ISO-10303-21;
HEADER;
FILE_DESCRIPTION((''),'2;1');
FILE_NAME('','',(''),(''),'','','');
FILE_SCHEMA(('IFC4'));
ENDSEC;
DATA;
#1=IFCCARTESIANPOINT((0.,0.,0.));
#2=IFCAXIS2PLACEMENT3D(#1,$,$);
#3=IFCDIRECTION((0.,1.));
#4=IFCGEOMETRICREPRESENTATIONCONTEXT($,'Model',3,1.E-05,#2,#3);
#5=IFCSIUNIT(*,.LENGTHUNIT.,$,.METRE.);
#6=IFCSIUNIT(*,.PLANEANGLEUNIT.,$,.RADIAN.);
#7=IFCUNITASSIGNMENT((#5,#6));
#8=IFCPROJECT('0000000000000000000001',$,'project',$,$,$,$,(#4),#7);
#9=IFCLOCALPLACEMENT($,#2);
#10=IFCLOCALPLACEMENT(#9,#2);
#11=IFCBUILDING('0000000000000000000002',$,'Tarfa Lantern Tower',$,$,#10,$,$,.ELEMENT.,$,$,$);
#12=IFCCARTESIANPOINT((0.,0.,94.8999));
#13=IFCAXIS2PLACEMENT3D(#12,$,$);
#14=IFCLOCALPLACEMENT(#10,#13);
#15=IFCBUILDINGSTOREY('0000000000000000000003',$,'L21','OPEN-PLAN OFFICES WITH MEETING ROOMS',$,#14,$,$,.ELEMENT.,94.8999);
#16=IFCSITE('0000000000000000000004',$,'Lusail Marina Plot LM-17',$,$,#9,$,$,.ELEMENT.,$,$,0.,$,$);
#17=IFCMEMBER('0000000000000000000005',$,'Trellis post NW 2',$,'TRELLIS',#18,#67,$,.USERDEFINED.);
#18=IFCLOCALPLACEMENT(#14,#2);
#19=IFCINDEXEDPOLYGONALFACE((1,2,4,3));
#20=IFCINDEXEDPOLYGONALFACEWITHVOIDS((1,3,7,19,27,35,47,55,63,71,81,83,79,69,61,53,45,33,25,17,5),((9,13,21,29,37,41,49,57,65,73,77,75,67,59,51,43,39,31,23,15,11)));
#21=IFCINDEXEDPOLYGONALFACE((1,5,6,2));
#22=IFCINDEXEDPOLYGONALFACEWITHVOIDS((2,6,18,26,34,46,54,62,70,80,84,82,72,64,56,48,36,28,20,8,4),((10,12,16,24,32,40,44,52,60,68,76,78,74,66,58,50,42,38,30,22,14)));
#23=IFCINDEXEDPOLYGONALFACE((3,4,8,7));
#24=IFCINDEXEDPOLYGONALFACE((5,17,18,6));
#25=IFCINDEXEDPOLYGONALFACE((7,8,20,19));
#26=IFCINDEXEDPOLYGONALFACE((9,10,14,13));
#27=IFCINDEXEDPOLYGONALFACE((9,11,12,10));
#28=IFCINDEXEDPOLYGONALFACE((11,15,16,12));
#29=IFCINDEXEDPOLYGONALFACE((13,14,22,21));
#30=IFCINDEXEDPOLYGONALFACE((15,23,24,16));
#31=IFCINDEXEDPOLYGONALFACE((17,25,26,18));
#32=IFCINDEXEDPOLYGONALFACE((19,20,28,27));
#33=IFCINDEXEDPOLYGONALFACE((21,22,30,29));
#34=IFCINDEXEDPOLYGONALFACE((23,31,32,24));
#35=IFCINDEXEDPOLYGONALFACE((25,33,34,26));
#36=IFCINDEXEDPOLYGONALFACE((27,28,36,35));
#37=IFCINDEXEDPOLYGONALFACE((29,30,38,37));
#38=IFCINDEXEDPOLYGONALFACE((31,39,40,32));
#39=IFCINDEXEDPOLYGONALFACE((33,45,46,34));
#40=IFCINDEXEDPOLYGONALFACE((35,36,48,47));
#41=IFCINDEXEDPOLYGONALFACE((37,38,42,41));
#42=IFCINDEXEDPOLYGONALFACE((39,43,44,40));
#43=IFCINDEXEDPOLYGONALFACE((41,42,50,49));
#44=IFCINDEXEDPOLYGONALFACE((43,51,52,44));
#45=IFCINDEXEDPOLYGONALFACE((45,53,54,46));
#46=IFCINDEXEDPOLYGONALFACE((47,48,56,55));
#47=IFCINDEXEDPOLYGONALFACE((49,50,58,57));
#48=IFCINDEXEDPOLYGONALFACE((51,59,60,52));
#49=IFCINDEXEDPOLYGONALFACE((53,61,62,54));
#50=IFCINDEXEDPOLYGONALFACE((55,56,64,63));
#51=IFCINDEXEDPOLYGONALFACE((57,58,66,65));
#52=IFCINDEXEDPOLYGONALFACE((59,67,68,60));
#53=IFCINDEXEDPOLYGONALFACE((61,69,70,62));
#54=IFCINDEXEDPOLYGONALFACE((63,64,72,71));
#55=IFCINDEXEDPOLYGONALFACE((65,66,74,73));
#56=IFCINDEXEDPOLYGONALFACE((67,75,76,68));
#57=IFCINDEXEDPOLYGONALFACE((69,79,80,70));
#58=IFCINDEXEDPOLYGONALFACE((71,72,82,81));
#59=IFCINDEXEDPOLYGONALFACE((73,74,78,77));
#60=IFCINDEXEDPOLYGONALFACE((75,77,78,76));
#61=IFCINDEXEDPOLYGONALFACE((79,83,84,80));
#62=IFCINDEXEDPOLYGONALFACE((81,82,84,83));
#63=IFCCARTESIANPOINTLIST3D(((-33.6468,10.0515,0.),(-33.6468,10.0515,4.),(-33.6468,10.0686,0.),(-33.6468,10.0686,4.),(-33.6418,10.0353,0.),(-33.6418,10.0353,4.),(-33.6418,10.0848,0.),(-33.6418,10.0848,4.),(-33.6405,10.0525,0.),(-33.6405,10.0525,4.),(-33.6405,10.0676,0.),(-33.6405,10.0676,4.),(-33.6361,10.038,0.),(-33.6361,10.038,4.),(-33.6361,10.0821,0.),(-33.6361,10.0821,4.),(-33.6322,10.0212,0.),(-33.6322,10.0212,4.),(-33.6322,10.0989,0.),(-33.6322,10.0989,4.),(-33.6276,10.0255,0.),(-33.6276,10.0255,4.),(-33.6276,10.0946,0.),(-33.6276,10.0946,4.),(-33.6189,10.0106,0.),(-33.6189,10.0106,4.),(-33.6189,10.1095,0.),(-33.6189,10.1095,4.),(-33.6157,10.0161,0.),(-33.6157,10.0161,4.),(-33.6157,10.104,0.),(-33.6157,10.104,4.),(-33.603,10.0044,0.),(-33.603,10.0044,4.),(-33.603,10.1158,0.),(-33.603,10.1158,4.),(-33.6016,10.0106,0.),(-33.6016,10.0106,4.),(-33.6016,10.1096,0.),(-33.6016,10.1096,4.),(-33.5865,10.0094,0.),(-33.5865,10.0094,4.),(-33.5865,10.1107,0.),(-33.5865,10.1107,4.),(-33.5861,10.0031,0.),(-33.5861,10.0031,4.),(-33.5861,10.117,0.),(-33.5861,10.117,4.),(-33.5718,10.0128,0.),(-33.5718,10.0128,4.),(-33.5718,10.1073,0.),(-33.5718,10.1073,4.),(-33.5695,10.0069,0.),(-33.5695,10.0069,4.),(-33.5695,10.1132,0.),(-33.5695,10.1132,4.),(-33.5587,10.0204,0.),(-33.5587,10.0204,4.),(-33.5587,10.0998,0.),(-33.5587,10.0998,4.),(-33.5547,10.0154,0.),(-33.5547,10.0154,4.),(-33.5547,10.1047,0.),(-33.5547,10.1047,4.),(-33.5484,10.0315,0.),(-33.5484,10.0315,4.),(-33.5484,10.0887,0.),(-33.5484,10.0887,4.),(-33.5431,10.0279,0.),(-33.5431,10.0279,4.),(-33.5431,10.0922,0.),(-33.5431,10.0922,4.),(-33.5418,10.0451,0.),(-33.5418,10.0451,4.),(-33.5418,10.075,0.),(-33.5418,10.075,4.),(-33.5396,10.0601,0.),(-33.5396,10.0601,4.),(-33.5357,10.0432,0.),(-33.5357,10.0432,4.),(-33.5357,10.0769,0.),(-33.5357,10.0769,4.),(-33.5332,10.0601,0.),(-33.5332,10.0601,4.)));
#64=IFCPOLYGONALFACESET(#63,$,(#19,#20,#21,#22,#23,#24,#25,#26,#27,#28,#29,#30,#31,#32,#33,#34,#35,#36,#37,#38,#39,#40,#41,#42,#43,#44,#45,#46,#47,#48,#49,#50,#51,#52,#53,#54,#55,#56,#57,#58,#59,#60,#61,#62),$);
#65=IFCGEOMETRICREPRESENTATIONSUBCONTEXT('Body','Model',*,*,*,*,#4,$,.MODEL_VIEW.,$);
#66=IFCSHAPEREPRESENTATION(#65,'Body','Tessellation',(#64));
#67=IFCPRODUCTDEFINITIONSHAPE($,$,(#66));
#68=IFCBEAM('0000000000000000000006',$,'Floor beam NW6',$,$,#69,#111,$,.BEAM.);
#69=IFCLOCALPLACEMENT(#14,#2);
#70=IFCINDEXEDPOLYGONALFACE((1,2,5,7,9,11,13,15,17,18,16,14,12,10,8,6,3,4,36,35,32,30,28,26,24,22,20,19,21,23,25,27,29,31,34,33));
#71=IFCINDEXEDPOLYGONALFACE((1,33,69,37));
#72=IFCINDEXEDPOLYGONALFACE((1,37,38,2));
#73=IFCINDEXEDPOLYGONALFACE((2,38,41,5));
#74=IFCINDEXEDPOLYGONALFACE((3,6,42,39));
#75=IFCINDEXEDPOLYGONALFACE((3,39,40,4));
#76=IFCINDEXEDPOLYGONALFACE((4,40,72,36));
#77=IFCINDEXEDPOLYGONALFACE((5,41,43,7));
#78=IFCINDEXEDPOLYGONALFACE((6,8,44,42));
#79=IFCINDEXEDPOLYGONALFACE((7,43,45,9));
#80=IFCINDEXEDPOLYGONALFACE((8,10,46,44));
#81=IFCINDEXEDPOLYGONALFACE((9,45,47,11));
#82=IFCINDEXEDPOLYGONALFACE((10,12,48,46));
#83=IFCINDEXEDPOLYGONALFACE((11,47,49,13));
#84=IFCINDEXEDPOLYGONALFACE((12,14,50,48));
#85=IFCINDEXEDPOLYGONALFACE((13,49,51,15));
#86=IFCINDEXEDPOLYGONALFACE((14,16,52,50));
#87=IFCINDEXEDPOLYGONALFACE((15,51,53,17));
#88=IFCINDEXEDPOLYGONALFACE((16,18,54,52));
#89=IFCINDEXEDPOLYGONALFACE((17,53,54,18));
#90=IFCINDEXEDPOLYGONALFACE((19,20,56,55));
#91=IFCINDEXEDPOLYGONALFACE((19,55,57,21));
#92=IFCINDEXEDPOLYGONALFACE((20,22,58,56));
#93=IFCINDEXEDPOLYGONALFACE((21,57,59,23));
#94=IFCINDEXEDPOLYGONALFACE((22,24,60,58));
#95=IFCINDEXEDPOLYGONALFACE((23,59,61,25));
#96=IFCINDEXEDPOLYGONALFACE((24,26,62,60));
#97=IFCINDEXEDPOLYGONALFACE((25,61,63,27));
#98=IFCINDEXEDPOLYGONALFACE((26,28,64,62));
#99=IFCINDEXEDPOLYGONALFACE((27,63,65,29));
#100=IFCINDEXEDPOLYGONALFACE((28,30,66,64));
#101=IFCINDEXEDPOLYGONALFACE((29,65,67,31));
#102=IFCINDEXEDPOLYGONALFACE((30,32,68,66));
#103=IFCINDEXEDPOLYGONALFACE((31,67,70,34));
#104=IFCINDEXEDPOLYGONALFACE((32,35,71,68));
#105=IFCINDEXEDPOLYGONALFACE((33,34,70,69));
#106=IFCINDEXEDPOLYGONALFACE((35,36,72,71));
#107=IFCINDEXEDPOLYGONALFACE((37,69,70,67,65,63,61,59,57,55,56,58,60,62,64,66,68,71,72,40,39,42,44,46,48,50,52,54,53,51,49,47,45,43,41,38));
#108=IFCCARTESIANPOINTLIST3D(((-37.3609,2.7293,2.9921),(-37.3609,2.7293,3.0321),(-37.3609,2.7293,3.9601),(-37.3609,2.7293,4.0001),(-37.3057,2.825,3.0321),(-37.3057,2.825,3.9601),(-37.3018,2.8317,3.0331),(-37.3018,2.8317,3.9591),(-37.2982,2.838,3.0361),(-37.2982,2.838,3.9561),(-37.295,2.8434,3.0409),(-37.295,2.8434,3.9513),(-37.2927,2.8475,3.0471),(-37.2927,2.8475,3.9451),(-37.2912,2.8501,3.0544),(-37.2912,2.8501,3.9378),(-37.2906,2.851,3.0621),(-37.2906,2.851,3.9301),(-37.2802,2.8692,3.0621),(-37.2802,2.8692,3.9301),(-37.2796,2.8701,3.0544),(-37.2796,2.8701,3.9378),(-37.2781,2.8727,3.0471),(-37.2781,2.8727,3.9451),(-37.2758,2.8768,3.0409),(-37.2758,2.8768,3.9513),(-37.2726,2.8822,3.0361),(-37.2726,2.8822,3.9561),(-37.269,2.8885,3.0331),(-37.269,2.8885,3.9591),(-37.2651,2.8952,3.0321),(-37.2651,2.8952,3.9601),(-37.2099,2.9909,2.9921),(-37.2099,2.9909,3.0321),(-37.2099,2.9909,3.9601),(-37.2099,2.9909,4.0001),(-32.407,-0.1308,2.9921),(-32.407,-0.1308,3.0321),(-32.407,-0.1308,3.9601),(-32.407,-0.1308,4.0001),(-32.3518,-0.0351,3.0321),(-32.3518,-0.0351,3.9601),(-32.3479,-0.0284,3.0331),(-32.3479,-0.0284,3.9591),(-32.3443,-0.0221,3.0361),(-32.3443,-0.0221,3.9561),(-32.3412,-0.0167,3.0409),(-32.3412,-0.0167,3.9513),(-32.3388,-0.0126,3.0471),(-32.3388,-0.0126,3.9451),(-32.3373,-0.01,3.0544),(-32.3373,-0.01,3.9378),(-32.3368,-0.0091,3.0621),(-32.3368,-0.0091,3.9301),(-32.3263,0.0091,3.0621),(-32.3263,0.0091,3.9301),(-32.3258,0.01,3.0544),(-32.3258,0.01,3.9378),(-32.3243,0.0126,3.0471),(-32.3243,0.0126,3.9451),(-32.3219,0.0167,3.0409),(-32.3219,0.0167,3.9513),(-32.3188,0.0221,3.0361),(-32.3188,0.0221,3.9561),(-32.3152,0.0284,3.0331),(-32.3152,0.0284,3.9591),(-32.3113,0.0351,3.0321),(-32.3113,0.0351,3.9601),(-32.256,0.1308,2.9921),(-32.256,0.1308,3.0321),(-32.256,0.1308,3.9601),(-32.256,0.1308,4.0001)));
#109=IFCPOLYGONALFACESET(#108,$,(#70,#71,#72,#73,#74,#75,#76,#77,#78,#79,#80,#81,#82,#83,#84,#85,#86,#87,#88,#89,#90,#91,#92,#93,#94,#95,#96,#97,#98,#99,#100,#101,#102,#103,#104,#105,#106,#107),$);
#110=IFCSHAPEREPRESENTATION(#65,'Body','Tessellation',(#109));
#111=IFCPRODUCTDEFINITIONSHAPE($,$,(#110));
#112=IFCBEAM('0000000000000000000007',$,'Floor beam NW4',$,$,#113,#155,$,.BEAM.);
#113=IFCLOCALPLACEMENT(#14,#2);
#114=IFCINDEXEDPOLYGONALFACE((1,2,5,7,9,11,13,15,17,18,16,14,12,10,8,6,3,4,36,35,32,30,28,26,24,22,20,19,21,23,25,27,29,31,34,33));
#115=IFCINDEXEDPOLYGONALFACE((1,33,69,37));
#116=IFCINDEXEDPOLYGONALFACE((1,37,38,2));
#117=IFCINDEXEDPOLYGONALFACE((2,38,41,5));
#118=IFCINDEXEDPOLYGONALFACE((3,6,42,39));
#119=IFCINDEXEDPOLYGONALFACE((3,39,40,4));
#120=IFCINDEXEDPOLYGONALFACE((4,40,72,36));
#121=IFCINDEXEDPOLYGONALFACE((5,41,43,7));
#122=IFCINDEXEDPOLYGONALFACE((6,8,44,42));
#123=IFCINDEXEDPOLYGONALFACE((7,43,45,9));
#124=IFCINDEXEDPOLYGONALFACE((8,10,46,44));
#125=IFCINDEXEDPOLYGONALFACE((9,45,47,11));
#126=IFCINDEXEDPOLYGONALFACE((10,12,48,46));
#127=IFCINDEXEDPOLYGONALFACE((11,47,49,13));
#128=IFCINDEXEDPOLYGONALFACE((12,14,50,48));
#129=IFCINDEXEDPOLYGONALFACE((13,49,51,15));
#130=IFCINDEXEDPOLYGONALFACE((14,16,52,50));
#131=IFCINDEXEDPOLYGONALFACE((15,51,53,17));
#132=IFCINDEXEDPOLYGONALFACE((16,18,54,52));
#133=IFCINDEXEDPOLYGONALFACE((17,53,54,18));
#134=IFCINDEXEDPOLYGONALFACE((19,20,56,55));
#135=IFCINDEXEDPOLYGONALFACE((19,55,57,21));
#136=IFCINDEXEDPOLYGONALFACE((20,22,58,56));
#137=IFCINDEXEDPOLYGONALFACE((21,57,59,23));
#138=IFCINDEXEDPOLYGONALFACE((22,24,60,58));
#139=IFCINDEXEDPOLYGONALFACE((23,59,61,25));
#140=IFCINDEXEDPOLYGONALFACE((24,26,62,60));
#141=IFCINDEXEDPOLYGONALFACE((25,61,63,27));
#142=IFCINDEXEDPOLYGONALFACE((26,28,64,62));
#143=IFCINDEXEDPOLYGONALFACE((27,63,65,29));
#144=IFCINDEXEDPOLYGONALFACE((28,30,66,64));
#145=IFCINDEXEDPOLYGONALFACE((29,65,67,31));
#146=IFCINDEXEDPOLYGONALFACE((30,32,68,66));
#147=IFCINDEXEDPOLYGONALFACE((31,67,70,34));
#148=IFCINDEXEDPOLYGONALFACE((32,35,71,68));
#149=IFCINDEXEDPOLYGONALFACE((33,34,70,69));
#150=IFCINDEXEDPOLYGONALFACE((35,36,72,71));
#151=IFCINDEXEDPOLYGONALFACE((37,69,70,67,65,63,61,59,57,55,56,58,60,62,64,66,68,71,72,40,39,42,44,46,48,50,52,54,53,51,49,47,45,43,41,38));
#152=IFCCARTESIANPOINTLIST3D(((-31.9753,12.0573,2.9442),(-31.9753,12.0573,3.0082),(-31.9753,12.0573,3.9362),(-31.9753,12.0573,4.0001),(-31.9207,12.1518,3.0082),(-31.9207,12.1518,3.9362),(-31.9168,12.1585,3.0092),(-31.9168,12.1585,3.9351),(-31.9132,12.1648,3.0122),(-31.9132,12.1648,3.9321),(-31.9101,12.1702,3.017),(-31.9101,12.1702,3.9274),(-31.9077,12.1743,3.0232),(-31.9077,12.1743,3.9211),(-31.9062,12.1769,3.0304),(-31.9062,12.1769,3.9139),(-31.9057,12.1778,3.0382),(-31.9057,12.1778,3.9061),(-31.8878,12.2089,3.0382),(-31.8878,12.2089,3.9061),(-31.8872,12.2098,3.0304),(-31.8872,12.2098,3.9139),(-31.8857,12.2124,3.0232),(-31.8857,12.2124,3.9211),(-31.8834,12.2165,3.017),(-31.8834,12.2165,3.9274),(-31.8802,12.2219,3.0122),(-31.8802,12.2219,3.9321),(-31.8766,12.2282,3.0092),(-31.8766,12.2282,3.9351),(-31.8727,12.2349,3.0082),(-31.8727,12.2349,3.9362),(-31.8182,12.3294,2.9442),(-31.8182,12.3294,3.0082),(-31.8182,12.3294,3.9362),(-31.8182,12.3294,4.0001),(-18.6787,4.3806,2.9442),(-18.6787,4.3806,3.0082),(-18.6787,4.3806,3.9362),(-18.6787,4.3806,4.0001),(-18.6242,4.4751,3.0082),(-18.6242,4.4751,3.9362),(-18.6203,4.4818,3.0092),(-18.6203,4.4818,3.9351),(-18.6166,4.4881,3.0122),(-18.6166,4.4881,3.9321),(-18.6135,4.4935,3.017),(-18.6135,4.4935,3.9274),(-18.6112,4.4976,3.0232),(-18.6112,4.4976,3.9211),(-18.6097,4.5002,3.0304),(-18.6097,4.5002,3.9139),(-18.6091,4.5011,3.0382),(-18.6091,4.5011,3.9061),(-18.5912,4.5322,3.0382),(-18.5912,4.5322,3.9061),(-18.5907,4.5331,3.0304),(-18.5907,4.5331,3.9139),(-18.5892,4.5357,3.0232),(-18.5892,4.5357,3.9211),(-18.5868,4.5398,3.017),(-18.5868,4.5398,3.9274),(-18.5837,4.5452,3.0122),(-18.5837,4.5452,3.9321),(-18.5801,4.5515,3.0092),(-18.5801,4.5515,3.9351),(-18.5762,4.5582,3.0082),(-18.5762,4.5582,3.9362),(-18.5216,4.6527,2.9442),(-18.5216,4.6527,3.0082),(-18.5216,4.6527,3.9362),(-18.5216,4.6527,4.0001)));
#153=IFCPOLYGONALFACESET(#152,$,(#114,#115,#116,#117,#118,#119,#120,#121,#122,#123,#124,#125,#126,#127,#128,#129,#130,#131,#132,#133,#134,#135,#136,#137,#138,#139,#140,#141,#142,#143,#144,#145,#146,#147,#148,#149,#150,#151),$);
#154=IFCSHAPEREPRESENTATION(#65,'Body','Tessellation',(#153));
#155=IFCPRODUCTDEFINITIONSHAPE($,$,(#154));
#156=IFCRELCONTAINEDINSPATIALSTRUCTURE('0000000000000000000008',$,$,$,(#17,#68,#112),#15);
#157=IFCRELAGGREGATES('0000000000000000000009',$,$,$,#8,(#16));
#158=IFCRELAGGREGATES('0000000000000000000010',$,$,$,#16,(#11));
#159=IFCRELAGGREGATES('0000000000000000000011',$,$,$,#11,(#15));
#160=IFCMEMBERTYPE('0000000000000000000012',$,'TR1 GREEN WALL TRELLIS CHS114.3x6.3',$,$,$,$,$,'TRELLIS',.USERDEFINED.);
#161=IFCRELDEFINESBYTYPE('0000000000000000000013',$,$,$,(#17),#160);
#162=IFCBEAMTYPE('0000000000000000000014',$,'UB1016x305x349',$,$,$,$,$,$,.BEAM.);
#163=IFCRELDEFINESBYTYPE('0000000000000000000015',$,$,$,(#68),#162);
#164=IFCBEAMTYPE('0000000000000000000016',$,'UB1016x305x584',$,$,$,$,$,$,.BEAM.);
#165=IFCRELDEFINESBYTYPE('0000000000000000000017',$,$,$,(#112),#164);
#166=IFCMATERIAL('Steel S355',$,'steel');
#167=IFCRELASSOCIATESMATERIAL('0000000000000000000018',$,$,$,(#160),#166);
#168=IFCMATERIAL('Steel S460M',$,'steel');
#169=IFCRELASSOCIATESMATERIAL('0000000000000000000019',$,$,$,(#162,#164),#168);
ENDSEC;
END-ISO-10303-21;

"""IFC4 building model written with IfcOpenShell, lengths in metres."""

from ifc_helpers import new_model, si_unit, direction, frame, origin, origin_2d, place, context, subcontext, project, spatial, hollow_circle, i_section, extrude, material, material_profile, profile_set, type_object, element, save


model = new_model("IFC4")

# Units and contexts
model_context = context("Model", 3, precision=1e-05, world=origin(), true_north=direction((0.0, 1.0)))
body_context = subcontext(model_context, "Body", "Model", "MODEL_VIEW")
ifc_project = project(units=[si_unit("LENGTHUNIT", "METRE"), si_unit("PLANEANGLEUNIT", "RADIAN")], contexts=[model_context])

# Site, building, storey
site_placement = place(None, origin())
site = spatial("IfcSite", under=ifc_project, at=site_placement, Name="Lusail Marina Plot LM-17", CompositionType="ELEMENT", RefElevation=0.0)
building_placement = place(site_placement, origin())
building = spatial("IfcBuilding", under=site, at=building_placement, Name="Tarfa Lantern Tower", CompositionType="ELEMENT")
storey_placement = place(building_placement, frame((0.0, 0.0, 94.8999)))
storey = spatial("IfcBuildingStorey", under=building, at=storey_placement, Name="L21", Description="OPEN-PLAN OFFICES WITH MEETING ROOMS", CompositionType="ELEMENT", Elevation=94.8999)

# Member
ifc_material_1 = material(Name="Steel S355", Category="steel")
ifc_material_profile_1 = material_profile(ifc_material_1, hollow_circle(Radius=0.0571, WallThickness=0.0063, at=origin_2d()), Name="CHS114.3x6.3")
ifc_profile_set_1 = profile_set([ifc_material_profile_1], Name="Steel S355")
member_type_1 = type_object("IfcMemberType", Name="TR1 GREEN WALL TRELLIS CHS114.3x6.3", ElementType="TRELLIS", PredefinedType="USERDEFINED", material=ifc_profile_set_1)
member_1_placement = place(storey_placement, frame((-33.5903, 10.0601, 0.0), z_axis=(0.0, 0.0, 1.0), x_axis=(1.0, 0.0, 0.0)))
element("IfcMember", 1, at=member_1_placement, inside=storey, type_object=member_type_1, Name="Trellis post NW 2", ObjectType="TRELLIS", PredefinedType="USERDEFINED", context=body_context, shape_type="SweptSolid", body=[
    extrude(hollow_circle(Radius=0.0571, WallThickness=0.0063, at=origin_2d()), origin(), (0.0, 0.0, 1.0), 4.0),
])

# Beams
ifc_material_2 = material(Name="Steel S460M", Category="steel")
ifc_material_profile_2 = material_profile(ifc_material_2, i_section(OverallWidth=0.302, OverallDepth=1.0081, WebThickness=0.021, FlangeThickness=0.04, FilletRadius=0.03, at=origin_2d()), Name="UB1016x305x349")
ifc_profile_set_2 = profile_set([ifc_material_profile_2], Name="Steel S460M")
beam_type_1 = type_object("IfcBeamType", Name="UB1016x305x349", PredefinedType="BEAM", material=ifc_profile_set_2)
beam_1_placement = place(storey_placement, frame((-37.2854, 2.8601, 3.4961), z_axis=(0.866026, -0.5, 0.0), x_axis=(0.5, 0.866026, 0.0)))
element("IfcBeam", 2, at=beam_1_placement, inside=storey, type_object=beam_type_1, Name="Floor beam NW6", PredefinedType="BEAM", context=body_context, shape_type="SweptSolid", body=[
    extrude(i_section(OverallWidth=0.302, OverallDepth=1.0081, WebThickness=0.021, FlangeThickness=0.04, FilletRadius=0.03, at=origin_2d()), origin(), (0.0, 0.0, 1.0), 5.7202),
])
ifc_material_profile_3 = material_profile(ifc_material_2, i_section(OverallWidth=0.3142, OverallDepth=1.0559, WebThickness=0.0359, FlangeThickness=0.064, FilletRadius=0.03, at=origin_2d()), Name="UB1016x305x584")
ifc_profile_set_3 = profile_set([ifc_material_profile_3], Name="Steel S460M")
beam_type_2 = type_object("IfcBeamType", Name="UB1016x305x584", PredefinedType="BEAM", material=ifc_profile_set_3)
beam_2_placement = place(storey_placement, frame((-31.8967, 12.1934, 3.4722), z_axis=(0.866027, -0.499997, 0.0), x_axis=(0.499997, 0.866027, 0.0)))
element("IfcBeam", 3, at=beam_2_placement, inside=storey, type_object=beam_type_2, Name="Floor beam NW4", PredefinedType="BEAM", context=body_context, shape_type="SweptSolid", body=[
    extrude(i_section(OverallWidth=0.3142, OverallDepth=1.0559, WebThickness=0.0359, FlangeThickness=0.064, FilletRadius=0.03, at=origin_2d()), origin(), (0.0, 0.0, 1.0), 15.3535),
])

save(model, "model.ifc")
